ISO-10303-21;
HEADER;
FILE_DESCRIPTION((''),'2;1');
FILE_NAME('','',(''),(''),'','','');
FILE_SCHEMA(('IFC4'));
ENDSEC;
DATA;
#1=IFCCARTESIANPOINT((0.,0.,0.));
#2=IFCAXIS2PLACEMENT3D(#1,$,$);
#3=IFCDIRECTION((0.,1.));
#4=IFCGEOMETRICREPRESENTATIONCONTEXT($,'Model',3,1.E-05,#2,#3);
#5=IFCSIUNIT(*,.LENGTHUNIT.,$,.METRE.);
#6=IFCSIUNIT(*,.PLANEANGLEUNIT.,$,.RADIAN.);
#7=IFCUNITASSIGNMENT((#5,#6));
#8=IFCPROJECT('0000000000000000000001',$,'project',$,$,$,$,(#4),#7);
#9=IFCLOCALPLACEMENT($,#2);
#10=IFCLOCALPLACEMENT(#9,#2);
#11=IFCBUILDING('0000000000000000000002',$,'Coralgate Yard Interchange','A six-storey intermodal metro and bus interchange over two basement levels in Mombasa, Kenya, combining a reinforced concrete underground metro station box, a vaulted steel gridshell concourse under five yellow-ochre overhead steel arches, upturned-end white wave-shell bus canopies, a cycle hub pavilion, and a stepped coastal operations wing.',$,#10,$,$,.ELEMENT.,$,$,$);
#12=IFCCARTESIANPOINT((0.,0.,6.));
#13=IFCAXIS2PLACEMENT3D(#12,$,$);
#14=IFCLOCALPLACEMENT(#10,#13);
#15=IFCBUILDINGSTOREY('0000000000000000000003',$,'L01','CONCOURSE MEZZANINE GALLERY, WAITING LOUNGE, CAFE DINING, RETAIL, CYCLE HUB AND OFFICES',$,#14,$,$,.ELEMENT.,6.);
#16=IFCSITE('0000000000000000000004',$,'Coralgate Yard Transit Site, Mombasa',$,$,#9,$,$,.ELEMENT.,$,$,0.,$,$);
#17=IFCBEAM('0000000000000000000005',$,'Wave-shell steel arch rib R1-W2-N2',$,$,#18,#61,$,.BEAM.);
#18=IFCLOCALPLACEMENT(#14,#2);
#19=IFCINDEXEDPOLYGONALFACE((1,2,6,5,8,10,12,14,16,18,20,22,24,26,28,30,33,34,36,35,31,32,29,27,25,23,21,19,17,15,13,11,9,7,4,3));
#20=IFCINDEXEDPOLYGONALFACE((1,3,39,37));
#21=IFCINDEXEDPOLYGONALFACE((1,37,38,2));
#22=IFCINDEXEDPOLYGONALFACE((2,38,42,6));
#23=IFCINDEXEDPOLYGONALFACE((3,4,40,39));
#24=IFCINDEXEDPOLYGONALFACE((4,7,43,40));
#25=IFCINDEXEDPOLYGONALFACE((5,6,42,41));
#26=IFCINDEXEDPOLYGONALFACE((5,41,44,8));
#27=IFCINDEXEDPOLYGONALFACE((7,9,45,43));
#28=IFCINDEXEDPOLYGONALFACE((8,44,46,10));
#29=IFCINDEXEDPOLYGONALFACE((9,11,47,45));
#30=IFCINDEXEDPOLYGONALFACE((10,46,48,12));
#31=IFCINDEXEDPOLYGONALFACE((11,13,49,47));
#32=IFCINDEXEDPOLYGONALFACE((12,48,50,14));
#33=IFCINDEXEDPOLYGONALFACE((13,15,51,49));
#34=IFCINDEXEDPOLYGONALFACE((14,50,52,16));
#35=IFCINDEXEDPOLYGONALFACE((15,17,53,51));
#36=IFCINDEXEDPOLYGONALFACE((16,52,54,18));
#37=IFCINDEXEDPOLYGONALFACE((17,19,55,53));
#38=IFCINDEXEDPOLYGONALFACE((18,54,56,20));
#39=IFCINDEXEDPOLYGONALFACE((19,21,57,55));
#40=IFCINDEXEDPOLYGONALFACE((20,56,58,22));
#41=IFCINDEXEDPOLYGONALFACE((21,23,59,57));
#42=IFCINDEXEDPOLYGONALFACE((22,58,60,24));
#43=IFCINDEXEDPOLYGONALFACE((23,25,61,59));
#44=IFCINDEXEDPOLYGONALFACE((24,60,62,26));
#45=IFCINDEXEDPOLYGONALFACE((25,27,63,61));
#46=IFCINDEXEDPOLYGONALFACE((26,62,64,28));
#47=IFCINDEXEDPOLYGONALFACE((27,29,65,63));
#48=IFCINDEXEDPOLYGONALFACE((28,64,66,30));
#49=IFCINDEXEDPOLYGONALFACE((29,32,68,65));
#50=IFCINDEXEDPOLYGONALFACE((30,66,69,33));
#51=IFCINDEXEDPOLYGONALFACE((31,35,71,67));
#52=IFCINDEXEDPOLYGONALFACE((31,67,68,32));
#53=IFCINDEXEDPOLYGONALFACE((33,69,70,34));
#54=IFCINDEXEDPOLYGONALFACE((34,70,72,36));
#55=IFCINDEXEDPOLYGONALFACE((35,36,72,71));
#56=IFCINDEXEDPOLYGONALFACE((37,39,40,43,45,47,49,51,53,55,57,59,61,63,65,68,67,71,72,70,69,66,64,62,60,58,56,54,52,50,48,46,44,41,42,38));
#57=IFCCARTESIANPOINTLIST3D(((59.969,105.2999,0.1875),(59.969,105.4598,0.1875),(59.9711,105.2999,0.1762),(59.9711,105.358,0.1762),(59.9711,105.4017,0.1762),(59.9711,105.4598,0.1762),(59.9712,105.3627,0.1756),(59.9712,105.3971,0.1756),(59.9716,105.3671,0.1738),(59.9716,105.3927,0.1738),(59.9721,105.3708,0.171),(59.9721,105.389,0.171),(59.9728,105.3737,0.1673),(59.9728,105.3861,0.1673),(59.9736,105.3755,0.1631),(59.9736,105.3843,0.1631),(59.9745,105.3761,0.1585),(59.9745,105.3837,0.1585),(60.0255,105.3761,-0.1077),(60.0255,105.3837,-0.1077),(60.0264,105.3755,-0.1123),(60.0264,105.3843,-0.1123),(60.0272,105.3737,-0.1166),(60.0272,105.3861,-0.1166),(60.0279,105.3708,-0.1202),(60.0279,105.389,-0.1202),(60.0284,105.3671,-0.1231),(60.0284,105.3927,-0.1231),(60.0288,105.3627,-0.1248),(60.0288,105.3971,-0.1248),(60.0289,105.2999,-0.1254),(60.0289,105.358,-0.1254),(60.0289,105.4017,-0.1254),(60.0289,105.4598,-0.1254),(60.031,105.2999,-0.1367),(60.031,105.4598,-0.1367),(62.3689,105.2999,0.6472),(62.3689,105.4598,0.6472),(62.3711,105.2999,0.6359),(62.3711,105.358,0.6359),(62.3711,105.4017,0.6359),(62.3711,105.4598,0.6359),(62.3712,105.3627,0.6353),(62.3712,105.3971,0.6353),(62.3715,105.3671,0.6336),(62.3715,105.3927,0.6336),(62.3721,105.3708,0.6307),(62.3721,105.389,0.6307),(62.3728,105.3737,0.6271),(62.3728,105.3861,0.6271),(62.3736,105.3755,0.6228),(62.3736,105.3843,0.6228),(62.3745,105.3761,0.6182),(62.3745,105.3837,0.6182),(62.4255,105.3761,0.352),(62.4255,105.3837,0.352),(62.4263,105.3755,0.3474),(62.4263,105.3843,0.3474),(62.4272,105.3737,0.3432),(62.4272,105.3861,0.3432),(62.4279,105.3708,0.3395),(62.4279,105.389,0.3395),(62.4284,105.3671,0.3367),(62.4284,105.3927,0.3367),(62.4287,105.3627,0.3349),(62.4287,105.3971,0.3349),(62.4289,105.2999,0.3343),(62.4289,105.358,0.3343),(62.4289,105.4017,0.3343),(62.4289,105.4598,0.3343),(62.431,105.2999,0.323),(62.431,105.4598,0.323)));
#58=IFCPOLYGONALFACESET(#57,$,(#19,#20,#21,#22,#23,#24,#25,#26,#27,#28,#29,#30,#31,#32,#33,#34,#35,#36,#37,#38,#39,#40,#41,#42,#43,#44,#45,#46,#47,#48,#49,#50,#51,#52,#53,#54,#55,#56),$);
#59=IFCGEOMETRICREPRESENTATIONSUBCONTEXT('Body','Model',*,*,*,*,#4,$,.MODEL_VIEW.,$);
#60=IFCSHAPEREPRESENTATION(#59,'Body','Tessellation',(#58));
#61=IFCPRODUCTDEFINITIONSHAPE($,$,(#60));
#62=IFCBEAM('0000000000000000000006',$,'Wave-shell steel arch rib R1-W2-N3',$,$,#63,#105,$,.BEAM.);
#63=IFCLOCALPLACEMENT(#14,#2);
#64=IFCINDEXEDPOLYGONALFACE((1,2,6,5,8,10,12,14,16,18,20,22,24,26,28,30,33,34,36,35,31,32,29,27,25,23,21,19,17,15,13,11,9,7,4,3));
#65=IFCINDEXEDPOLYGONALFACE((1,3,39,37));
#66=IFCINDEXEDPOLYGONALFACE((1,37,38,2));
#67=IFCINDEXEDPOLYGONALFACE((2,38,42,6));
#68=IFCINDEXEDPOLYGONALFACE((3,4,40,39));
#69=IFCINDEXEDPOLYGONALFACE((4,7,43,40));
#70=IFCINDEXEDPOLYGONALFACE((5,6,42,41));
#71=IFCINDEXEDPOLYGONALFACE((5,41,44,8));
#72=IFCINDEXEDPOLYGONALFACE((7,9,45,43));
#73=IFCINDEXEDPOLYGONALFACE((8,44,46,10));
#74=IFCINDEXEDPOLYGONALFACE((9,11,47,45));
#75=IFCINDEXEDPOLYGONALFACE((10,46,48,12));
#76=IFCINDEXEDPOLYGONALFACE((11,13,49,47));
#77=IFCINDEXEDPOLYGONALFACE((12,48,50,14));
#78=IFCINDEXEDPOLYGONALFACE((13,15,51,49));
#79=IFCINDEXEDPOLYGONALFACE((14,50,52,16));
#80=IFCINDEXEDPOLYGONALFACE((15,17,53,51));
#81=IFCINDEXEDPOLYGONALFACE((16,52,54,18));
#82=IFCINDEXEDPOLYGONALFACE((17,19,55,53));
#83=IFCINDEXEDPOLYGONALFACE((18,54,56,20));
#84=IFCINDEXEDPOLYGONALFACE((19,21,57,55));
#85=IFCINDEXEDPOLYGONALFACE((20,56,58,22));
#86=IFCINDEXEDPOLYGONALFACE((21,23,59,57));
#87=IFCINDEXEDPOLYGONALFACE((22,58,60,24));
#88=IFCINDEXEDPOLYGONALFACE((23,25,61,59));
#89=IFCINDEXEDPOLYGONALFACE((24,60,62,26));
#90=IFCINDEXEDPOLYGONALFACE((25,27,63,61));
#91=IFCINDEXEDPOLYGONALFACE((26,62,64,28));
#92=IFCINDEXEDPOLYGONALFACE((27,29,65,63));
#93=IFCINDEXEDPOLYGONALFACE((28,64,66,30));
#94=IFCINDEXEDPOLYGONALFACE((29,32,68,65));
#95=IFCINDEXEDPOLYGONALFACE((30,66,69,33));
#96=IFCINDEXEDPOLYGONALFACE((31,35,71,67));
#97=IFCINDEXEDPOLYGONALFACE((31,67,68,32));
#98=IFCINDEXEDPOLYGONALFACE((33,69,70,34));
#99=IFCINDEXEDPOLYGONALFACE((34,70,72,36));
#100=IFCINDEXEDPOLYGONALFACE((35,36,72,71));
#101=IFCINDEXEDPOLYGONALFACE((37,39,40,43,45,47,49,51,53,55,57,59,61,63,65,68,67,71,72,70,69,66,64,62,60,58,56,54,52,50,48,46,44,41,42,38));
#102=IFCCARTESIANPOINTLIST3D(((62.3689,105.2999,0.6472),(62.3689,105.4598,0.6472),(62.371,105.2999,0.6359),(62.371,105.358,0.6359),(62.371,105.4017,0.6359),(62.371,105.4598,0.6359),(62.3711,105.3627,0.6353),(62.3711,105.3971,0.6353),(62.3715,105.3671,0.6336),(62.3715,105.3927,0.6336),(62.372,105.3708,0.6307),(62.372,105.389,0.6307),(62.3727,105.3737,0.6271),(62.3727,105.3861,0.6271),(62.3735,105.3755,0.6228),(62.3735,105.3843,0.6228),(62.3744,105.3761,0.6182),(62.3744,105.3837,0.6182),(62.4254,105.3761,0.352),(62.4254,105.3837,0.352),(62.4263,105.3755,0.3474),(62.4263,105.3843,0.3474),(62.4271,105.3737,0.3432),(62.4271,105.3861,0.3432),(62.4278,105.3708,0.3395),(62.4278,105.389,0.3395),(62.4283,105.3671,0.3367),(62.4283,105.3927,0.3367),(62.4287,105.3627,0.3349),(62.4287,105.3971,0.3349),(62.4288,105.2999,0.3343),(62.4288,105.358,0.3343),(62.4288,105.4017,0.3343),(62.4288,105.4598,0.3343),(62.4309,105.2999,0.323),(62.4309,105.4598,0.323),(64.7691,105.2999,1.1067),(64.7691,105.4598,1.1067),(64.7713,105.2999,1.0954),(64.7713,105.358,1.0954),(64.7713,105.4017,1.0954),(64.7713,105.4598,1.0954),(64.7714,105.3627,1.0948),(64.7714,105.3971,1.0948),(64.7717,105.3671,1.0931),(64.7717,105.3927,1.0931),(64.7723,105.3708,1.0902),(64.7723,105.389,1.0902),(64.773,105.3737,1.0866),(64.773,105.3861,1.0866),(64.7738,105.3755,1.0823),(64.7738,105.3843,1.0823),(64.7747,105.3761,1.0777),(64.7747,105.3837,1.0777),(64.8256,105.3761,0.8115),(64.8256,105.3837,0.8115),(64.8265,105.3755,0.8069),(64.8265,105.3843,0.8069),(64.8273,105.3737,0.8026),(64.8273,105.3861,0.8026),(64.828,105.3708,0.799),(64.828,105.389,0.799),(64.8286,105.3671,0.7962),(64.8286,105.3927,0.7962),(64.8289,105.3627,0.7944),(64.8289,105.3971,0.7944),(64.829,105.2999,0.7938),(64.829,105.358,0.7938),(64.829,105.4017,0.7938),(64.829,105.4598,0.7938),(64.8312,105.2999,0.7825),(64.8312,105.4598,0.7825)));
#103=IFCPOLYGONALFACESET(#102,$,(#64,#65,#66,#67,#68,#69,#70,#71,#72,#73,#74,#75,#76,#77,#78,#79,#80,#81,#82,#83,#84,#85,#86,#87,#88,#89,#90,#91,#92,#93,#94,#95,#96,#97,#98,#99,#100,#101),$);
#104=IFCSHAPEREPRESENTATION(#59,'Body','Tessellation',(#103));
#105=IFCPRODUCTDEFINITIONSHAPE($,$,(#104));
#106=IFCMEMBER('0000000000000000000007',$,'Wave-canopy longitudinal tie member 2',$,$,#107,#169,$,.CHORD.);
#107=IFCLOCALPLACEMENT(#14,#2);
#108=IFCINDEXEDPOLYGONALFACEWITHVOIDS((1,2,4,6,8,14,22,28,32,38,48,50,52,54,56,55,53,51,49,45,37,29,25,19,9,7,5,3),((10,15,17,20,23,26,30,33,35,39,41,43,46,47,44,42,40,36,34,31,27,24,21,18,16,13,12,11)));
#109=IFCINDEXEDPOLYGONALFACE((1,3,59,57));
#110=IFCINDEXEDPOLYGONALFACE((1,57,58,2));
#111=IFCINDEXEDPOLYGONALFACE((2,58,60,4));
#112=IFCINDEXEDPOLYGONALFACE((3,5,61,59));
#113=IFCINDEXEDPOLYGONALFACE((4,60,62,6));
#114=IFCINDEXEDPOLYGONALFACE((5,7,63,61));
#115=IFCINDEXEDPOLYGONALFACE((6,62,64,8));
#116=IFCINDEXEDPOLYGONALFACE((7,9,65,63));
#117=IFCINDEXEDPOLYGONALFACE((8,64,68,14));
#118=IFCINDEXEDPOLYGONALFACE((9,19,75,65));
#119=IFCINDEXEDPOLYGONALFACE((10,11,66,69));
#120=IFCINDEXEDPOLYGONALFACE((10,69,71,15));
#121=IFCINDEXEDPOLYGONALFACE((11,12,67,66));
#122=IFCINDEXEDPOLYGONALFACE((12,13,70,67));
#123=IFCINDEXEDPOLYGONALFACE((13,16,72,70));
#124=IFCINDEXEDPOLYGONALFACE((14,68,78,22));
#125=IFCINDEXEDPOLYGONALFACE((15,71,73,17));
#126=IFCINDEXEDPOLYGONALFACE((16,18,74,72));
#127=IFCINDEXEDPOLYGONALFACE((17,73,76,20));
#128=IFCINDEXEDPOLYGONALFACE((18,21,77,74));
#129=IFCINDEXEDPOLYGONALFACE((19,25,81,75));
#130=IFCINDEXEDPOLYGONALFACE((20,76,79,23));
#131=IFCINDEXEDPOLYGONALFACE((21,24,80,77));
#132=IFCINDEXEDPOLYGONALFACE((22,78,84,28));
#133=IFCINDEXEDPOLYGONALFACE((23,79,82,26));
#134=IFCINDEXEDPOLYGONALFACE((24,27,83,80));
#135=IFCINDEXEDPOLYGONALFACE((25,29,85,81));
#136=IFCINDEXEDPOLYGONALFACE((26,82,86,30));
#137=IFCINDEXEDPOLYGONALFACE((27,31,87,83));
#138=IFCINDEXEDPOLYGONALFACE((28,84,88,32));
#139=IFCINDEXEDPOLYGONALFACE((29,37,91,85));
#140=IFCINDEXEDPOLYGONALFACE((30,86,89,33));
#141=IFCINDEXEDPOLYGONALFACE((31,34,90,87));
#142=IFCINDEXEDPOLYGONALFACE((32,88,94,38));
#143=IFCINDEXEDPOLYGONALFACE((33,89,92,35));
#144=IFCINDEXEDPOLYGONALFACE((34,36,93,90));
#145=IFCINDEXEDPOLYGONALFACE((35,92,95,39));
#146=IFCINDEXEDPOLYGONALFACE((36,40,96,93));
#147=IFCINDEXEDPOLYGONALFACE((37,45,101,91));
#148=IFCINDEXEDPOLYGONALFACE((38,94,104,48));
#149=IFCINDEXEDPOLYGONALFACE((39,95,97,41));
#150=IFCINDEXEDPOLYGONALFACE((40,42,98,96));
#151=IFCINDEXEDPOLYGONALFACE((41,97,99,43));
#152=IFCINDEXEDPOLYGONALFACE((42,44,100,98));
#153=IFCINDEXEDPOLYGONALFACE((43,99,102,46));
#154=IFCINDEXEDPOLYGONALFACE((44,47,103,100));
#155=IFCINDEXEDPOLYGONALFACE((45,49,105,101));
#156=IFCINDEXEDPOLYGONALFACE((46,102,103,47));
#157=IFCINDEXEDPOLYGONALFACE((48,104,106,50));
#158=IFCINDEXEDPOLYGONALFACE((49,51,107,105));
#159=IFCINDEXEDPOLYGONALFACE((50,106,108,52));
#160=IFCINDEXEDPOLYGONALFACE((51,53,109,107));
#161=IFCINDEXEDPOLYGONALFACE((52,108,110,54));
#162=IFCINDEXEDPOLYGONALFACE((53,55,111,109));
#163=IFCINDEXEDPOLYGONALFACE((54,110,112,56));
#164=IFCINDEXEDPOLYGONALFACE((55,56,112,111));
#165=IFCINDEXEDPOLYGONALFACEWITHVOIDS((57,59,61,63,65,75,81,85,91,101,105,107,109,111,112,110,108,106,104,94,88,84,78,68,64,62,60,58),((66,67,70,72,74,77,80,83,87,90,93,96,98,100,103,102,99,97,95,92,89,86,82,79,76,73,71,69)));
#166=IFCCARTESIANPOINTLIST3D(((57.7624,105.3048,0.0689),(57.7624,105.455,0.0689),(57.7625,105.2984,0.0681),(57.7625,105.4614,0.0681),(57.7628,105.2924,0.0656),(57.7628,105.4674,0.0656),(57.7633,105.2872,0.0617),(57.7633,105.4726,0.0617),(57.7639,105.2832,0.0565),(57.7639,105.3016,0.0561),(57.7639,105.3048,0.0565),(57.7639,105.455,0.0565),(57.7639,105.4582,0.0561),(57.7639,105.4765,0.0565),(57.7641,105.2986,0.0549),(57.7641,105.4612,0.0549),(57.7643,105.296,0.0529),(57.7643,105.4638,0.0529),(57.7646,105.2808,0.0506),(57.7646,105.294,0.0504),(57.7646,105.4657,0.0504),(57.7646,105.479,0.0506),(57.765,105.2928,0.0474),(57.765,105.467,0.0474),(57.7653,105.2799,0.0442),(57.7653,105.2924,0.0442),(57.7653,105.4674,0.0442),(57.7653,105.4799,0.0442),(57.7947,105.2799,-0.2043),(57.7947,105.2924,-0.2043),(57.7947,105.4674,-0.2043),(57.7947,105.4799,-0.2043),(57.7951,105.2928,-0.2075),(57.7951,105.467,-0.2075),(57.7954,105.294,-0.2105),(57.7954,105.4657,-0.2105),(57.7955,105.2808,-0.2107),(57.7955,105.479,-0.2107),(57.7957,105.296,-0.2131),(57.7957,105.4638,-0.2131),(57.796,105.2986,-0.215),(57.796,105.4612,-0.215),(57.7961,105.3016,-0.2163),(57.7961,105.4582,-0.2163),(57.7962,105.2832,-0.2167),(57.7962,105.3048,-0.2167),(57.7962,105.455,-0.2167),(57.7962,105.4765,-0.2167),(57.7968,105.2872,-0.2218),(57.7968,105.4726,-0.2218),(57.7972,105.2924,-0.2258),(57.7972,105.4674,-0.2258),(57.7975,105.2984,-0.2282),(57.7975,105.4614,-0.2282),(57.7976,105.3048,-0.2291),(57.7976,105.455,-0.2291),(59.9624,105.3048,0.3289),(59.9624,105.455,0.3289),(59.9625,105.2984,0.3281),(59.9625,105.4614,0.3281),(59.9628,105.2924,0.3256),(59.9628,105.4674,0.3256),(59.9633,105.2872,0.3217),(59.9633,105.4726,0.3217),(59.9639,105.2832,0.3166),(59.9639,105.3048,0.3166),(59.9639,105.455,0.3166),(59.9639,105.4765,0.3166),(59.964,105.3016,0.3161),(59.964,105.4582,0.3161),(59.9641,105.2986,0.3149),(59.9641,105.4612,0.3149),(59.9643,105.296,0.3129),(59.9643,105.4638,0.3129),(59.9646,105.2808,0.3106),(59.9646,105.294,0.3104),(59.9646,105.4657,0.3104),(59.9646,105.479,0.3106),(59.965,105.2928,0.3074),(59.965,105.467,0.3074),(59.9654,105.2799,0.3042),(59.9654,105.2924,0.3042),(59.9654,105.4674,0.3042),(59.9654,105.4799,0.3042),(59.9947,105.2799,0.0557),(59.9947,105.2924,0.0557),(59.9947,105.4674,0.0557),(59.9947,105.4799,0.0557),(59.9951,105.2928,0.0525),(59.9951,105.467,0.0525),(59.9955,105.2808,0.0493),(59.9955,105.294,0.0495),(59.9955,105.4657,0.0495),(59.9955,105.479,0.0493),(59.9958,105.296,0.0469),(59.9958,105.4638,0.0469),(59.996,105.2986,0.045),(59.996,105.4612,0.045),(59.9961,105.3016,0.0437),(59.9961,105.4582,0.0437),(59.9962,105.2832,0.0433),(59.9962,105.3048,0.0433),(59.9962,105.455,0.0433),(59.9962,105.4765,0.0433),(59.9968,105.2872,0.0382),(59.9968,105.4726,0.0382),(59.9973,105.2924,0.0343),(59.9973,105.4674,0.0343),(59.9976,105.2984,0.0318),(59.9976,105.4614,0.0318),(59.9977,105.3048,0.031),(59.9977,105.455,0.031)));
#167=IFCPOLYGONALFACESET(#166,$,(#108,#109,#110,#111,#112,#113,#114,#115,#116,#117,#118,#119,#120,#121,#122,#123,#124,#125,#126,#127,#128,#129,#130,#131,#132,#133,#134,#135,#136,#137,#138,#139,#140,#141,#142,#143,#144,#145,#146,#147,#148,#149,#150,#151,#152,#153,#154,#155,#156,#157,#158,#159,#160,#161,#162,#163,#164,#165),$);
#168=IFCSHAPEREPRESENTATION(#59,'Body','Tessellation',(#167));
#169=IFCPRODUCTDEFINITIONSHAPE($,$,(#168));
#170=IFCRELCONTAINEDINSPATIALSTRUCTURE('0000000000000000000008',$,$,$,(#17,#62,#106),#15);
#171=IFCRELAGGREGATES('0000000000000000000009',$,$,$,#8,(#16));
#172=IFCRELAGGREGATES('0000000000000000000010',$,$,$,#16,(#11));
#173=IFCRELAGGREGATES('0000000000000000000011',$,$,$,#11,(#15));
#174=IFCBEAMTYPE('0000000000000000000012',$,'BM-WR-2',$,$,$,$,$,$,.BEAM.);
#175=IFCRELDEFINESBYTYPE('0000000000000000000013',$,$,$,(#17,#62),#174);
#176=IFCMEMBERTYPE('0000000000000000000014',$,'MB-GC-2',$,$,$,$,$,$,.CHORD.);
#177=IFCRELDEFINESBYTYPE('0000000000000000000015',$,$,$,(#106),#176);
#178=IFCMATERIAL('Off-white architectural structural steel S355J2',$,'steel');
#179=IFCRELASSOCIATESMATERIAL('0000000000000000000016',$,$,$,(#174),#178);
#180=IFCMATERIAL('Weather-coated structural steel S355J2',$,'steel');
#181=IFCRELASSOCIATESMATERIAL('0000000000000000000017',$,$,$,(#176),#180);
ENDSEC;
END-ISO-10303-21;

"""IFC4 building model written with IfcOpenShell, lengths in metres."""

from ifc_helpers import new_model, si_unit, direction, frame, origin, origin_2d, place, context, subcontext, project, spatial, hollow_rectangle, i_section, extrude, material, material_profile, profile_set, type_object, element, save


model = new_model("IFC4")

# Units and contexts
model_context = context("Model", 3, precision=1e-05, world=origin(), true_north=direction((0.0, 1.0)))
body_context = subcontext(model_context, "Body", "Model", "MODEL_VIEW")
ifc_project = project(units=[si_unit("LENGTHUNIT", "METRE"), si_unit("PLANEANGLEUNIT", "RADIAN")], contexts=[model_context])

# Site, building, storey
site_placement = place(None, origin())
site = spatial("IfcSite", under=ifc_project, at=site_placement, Name="Coralgate Yard Transit Site, Mombasa", CompositionType="ELEMENT", RefElevation=0.0)
building_placement = place(site_placement, origin())
building = spatial("IfcBuilding", under=site, at=building_placement, Name="Coralgate Yard Interchange", Description="A six-storey intermodal metro and bus interchange over two basement levels in Mombasa, Kenya, combining a reinforced concrete underground metro station box, a vaulted steel gridshell concourse under five yellow-ochre overhead steel arches, upturned-end white wave-shell bus canopies, a cycle hub pavilion, and a stepped coastal operations wing.", CompositionType="ELEMENT")
storey_placement = place(building_placement, frame((0.0, 0.0, 6.0)))
storey = spatial("IfcBuildingStorey", under=building, at=storey_placement, Name="L01", Description="CONCOURSE MEZZANINE GALLERY, WAITING LOUNGE, CAFE DINING, RETAIL, CYCLE HUB AND OFFICES", CompositionType="ELEMENT", Elevation=6.0)

# Beams
ifc_material_1 = material(Name="Off-white architectural structural steel S355J2", Category="steel")
ifc_material_profile_1 = material_profile(ifc_material_1, i_section(OverallWidth=0.1599, OverallDepth=0.3301, WebThickness=0.0076, FlangeThickness=0.0115, FilletRadius=0.0181, at=origin_2d()), Name="IPE 330")
ifc_profile_set_1 = profile_set([ifc_material_profile_1], Name="Off-white architectural structural steel S355J2")
beam_type_1 = type_object("IfcBeamType", Name="BM-WR-2", PredefinedType="BEAM", material=ifc_profile_set_1)
beam_1_placement = place(storey_placement, frame((60.0, 105.3799, 0.0254), z_axis=(0.982143, 0.0, 0.188136), x_axis=(0.0, 1.0, 0.0)))
element("IfcBeam", 1, at=beam_1_placement, inside=storey, type_object=beam_type_1, Name="Wave-shell steel arch rib R1-W2-N2", PredefinedType="BEAM", context=body_context, shape_type="SweptSolid", body=[
    extrude(i_section(OverallWidth=0.1599, OverallDepth=0.3301, WebThickness=0.0076, FlangeThickness=0.0115, FilletRadius=0.0181, at=origin_2d()), origin(), (0.0, 0.0, 1.0), 2.4436),
])
beam_2_placement = place(storey_placement, frame((62.3999, 105.3799, 0.4851), z_axis=(0.982165, 0.0, 0.188021), x_axis=(0.0, 1.0, 0.0)))
element("IfcBeam", 2, at=beam_2_placement, inside=storey, type_object=beam_type_1, Name="Wave-shell steel arch rib R1-W2-N3", PredefinedType="BEAM", context=body_context, shape_type="SweptSolid", body=[
    extrude(i_section(OverallWidth=0.1599, OverallDepth=0.3301, WebThickness=0.0076, FlangeThickness=0.0115, FilletRadius=0.0181, at=origin_2d()), origin(), (0.0, 0.0, 1.0), 2.4438),
])

# Member
ifc_material_2 = material(Name="Weather-coated structural steel S355J2", Category="steel")
ifc_material_profile_2 = material_profile(ifc_material_2, hollow_rectangle(XDim=0.2, YDim=0.3, WallThickness=0.0125, InnerFilletRadius=0.0125, OuterFilletRadius=0.0249, at=origin_2d()), Name="RHS 300x200x12.5")
ifc_profile_set_2 = profile_set([ifc_material_profile_2], Name="Weather-coated structural steel S355J2")
member_type_1 = type_object("IfcMemberType", Name="MB-GC-2", PredefinedType="CHORD", material=ifc_profile_set_2)
member_1_placement = place(storey_placement, frame((57.78, 105.3799, -0.0801), z_axis=(0.993088, 0.0, 0.117372), x_axis=(0.0, 1.0, 0.0)))
element("IfcMember", 3, at=member_1_placement, inside=storey, type_object=member_type_1, Name="Wave-canopy longitudinal tie member 2", PredefinedType="CHORD", context=body_context, shape_type="SweptSolid", body=[
    extrude(hollow_rectangle(XDim=0.2, YDim=0.3, WallThickness=0.0125, InnerFilletRadius=0.0125, OuterFilletRadius=0.0249, at=origin_2d()), origin(), (0.0, 0.0, 1.0), 2.2153),
])

save(model, "model.ifc")
